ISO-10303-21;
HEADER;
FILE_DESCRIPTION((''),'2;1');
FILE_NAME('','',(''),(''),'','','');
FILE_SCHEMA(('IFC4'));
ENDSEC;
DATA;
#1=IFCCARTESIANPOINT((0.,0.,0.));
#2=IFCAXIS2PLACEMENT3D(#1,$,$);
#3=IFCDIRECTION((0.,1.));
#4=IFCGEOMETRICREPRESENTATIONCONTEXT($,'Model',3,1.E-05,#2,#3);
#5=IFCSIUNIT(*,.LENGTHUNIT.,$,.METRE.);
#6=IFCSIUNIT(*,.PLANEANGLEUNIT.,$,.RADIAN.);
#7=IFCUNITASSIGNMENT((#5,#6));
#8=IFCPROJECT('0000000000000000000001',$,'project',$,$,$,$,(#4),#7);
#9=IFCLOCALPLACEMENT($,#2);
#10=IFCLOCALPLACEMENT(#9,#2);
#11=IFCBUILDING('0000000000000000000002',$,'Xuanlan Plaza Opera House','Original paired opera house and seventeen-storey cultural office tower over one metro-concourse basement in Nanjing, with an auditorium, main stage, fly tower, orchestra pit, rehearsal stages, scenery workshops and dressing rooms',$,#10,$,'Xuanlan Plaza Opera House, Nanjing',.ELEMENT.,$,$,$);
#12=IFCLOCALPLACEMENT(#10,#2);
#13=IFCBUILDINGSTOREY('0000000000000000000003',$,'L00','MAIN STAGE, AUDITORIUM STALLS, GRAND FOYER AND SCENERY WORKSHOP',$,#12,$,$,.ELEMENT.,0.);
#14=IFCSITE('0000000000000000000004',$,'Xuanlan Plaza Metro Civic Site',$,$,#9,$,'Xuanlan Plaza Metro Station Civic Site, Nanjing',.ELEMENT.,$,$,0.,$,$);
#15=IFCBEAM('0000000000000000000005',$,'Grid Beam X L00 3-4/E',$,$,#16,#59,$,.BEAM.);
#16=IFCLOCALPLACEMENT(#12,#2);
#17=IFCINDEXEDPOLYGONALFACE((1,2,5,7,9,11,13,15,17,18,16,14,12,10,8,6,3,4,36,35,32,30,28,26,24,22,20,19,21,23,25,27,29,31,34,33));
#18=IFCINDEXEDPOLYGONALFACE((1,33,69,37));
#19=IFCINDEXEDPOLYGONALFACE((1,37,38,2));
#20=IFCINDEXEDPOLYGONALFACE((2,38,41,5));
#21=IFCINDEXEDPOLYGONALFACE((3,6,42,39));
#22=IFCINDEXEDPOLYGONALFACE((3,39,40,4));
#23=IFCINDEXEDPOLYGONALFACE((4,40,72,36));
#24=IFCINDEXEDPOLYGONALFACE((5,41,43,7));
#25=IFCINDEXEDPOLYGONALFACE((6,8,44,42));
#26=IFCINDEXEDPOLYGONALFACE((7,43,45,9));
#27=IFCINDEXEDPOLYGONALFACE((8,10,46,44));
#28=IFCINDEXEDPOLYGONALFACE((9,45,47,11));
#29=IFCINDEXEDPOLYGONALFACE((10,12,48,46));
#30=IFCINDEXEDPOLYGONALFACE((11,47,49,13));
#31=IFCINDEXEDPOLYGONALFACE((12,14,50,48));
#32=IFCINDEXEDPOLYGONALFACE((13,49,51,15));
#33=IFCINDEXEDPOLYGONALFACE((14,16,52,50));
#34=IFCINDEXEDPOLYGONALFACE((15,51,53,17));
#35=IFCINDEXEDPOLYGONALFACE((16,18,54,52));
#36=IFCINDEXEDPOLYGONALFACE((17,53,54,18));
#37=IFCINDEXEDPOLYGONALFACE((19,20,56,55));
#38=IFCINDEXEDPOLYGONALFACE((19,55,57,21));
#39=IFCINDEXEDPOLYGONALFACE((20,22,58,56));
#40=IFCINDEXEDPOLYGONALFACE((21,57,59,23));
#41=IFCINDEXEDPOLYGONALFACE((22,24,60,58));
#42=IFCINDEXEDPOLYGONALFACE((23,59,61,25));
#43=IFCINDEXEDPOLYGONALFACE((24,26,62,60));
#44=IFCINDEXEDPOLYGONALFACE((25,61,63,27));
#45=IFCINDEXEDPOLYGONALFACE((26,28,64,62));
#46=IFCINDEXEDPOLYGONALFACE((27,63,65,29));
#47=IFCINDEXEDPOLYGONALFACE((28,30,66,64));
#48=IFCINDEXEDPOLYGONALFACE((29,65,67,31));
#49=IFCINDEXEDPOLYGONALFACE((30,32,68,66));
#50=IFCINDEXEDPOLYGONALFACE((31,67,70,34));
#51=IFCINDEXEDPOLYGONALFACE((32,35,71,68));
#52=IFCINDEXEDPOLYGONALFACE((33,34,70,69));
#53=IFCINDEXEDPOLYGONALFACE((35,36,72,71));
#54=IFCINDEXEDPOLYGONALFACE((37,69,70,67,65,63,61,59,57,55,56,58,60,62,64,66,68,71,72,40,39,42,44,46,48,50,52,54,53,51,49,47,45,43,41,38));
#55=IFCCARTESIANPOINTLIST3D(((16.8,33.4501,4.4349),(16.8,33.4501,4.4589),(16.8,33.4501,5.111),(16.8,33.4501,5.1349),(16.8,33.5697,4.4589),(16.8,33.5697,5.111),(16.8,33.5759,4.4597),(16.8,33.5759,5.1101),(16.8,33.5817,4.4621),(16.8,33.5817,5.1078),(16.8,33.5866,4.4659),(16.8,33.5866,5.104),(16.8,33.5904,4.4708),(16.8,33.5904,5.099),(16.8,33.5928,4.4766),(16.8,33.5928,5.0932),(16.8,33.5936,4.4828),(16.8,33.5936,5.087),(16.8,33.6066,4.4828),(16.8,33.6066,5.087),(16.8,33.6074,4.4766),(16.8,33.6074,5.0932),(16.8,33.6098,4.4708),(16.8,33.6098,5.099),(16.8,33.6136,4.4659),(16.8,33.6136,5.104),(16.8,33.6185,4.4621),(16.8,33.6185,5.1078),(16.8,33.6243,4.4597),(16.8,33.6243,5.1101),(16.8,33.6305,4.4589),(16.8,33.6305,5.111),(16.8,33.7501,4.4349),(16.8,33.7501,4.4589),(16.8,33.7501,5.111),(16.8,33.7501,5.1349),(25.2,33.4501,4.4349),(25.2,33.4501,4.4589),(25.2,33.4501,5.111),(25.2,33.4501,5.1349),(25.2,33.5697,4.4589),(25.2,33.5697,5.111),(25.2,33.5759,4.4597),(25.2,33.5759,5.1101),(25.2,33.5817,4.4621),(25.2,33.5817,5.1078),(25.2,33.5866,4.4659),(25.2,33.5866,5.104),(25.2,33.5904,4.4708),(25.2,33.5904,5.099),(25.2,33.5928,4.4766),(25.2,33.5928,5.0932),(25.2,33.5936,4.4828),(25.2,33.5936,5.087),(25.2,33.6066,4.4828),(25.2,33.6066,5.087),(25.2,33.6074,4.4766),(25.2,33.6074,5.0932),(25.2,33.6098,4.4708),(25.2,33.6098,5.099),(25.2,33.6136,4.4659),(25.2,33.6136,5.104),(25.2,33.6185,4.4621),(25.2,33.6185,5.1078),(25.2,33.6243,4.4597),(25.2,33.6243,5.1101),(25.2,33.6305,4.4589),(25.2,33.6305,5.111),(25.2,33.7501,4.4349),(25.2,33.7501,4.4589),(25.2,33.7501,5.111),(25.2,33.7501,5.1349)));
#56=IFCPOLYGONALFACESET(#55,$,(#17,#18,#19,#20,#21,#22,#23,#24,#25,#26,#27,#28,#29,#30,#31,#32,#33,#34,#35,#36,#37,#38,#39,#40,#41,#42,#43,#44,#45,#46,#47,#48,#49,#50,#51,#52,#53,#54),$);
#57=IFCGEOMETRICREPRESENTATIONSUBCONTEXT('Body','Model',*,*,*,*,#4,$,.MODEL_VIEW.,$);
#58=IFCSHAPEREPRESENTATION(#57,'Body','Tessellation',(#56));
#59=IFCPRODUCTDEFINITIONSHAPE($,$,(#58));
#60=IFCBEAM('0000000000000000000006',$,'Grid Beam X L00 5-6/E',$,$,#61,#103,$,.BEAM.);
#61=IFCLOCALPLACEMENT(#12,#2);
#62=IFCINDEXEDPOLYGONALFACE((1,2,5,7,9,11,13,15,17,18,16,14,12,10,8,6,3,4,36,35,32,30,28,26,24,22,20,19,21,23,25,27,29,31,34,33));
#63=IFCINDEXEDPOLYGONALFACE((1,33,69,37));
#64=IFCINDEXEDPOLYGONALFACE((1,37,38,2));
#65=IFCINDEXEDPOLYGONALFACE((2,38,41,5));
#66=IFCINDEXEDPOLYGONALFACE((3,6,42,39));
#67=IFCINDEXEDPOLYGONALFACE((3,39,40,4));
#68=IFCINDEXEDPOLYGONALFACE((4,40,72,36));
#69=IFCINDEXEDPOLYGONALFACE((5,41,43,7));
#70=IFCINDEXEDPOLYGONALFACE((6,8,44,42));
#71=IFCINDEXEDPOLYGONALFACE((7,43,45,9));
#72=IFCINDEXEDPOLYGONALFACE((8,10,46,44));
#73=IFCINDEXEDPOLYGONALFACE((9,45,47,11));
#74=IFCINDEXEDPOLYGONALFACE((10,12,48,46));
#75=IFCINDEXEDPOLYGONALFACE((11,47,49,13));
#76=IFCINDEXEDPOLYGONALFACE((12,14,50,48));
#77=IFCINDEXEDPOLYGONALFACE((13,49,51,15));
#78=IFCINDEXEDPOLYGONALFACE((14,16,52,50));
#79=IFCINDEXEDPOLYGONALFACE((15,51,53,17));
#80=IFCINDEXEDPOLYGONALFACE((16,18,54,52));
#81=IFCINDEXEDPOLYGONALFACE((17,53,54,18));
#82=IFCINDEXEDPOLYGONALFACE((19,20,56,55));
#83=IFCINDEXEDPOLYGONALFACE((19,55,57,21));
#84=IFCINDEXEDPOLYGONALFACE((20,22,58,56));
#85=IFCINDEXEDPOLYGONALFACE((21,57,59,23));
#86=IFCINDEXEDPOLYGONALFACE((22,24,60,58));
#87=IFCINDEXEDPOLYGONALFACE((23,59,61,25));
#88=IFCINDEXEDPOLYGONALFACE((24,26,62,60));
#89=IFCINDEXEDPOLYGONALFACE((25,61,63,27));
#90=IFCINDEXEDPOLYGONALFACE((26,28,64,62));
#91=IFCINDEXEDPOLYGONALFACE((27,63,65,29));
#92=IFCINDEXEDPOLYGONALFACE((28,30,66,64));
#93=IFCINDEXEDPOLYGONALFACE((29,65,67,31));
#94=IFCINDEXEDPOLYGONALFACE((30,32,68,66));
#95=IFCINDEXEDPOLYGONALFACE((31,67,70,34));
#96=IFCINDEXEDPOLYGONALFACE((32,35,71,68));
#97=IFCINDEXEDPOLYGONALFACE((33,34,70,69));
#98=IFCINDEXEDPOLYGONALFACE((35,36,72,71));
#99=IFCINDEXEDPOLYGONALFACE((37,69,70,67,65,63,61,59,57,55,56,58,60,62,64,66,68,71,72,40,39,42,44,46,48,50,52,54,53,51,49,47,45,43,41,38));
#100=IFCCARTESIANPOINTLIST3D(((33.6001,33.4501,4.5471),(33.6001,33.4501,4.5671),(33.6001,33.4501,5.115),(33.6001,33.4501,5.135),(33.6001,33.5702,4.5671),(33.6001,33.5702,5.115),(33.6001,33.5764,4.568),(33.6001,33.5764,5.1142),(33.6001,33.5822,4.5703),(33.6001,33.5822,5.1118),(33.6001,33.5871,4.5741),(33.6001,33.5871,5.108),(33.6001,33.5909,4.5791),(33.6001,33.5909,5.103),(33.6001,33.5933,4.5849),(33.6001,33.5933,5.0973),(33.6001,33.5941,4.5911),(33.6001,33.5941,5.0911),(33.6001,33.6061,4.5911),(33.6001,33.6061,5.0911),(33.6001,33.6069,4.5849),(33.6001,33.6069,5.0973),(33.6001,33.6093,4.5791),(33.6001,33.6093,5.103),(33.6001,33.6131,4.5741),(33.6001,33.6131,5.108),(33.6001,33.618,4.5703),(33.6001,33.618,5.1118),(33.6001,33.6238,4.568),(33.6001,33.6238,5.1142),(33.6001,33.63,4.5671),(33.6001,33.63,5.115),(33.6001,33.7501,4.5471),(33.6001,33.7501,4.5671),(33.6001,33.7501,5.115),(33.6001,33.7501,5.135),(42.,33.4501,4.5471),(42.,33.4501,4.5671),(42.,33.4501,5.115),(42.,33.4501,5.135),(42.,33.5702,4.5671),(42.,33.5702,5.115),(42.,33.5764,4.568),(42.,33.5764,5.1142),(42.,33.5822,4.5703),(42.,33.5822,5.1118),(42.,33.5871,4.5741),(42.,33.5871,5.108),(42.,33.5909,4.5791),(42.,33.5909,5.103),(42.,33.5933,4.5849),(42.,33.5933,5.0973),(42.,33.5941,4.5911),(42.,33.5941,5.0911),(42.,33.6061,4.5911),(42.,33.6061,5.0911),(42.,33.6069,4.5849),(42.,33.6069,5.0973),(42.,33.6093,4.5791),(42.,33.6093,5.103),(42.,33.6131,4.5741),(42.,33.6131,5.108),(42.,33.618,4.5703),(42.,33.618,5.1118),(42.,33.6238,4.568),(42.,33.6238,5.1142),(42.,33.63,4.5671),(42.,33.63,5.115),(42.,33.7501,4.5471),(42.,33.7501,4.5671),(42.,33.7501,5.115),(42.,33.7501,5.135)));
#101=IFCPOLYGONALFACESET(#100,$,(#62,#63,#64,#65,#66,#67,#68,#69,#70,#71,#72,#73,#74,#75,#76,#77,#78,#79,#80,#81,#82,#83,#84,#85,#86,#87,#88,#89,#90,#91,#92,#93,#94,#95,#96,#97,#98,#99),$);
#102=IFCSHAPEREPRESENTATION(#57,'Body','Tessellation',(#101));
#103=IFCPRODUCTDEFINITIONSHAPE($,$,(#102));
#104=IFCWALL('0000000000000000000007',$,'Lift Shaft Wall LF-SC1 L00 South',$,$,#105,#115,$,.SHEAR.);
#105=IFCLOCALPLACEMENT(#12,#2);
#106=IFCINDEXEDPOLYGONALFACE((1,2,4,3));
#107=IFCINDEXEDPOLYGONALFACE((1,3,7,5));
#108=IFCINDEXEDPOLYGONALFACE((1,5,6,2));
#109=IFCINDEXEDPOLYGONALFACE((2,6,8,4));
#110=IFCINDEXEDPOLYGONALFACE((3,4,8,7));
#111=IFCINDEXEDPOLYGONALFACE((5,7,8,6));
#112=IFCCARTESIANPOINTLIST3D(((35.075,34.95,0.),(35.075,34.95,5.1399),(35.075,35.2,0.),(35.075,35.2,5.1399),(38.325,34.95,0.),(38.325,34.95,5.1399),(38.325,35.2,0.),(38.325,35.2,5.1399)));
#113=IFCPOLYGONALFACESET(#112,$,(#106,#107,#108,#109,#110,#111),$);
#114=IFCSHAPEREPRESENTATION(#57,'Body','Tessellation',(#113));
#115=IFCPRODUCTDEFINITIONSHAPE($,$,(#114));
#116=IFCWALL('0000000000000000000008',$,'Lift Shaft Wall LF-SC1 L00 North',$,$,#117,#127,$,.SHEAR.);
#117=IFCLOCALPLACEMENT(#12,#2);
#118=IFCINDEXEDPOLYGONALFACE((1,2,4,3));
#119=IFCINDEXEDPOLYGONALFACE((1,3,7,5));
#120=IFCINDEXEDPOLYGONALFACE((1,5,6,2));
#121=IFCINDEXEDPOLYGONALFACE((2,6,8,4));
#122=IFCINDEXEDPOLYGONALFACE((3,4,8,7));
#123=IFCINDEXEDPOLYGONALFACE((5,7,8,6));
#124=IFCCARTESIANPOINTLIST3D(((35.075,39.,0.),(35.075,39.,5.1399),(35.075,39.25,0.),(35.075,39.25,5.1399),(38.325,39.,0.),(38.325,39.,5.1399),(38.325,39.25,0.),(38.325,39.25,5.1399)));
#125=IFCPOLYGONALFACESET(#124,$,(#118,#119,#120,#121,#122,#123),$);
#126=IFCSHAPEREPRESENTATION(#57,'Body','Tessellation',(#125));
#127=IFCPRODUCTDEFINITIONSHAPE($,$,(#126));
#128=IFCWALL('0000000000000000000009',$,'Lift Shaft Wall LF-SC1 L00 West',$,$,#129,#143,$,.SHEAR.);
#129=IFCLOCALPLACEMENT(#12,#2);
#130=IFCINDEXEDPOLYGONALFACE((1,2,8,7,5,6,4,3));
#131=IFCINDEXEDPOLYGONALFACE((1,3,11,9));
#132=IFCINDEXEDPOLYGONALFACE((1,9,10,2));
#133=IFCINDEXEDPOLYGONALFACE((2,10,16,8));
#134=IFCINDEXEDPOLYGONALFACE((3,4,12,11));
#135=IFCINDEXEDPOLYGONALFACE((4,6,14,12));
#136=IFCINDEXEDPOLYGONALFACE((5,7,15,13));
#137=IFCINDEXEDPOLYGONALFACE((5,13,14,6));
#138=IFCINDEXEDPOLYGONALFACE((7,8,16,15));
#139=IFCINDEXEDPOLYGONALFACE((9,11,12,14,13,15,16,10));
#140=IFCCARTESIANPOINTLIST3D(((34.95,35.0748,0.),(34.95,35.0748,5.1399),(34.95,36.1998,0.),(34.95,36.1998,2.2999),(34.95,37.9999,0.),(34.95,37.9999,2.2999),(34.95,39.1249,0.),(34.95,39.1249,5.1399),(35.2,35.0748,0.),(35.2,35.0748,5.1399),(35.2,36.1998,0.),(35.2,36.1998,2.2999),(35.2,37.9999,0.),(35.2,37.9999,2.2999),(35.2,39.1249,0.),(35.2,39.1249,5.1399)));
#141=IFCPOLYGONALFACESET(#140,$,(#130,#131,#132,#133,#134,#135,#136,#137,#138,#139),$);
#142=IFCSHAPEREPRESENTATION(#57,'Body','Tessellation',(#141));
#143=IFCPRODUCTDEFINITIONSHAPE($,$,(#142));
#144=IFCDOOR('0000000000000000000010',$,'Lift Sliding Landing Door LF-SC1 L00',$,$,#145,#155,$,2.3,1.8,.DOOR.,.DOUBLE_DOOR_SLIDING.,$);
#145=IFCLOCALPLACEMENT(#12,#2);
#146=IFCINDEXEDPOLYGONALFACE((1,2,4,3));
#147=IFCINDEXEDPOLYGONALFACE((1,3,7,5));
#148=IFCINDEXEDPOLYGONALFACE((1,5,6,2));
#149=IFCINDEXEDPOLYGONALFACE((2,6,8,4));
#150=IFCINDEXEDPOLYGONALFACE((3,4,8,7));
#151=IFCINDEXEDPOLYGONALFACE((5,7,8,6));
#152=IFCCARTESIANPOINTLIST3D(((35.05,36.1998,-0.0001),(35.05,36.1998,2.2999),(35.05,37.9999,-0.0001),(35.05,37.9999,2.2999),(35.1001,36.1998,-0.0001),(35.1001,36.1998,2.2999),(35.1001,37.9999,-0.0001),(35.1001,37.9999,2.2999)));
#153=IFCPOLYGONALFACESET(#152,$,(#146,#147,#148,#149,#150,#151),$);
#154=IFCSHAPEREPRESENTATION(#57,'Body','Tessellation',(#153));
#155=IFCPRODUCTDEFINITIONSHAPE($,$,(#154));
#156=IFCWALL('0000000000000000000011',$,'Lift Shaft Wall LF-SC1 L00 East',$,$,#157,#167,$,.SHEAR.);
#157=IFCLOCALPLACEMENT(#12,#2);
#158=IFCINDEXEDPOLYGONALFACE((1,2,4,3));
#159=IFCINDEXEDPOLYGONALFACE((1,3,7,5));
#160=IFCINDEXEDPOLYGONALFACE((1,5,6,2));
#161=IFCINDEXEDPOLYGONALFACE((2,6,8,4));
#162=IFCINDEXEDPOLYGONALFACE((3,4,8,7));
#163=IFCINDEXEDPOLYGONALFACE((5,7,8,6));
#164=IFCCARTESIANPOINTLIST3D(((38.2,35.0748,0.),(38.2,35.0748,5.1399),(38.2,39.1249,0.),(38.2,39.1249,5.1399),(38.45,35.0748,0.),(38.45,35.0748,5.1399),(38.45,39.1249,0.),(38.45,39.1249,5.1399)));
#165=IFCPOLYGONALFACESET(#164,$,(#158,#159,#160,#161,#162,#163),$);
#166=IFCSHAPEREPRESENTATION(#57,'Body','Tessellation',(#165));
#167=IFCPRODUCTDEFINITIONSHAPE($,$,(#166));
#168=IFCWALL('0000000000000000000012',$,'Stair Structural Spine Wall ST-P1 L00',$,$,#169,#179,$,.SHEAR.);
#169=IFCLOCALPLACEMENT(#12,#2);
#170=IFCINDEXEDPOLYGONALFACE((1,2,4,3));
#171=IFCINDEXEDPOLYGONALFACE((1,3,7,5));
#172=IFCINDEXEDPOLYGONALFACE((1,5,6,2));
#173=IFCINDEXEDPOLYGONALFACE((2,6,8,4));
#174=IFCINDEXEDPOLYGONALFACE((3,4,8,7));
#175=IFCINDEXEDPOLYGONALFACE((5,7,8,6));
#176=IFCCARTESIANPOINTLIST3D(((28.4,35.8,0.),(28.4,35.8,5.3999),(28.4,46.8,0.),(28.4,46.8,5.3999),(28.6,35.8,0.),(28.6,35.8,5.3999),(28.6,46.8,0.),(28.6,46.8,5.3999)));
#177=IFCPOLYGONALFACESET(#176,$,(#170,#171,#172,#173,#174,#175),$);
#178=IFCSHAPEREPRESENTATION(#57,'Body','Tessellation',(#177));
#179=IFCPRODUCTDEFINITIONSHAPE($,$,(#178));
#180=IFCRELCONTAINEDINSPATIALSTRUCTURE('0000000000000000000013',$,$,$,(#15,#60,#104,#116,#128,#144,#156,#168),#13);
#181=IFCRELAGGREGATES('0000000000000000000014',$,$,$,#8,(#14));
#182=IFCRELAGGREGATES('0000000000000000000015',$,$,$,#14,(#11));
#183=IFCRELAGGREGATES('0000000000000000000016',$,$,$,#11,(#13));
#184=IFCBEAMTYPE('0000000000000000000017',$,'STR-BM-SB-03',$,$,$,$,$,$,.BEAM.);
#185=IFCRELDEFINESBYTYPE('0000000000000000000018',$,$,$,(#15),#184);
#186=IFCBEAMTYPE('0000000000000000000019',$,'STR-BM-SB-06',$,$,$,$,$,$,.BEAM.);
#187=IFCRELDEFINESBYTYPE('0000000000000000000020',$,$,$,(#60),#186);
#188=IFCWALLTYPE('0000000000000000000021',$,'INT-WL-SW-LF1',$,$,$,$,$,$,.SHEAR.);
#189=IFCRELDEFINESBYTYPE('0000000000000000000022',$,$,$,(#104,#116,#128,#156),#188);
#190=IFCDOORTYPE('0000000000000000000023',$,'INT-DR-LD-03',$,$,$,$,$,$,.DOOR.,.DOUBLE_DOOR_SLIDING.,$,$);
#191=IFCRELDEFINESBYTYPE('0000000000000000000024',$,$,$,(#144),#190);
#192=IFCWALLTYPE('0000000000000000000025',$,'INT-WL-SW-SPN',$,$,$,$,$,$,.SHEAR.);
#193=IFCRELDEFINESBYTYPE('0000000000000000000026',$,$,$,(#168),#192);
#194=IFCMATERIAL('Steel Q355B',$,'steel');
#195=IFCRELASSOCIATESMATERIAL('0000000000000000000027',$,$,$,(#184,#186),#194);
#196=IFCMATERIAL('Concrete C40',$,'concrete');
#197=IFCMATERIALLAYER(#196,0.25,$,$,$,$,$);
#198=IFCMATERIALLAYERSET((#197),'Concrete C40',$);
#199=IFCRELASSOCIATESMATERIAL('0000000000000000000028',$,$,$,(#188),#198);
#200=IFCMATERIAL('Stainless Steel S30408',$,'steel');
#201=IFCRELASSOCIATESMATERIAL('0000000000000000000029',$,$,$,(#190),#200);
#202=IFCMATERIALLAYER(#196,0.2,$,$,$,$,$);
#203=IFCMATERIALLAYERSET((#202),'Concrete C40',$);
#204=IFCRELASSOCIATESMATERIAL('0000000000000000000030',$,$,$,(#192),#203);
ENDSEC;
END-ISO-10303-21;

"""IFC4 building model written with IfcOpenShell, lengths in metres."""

from ifc_helpers import new_model, si_unit, direction, frame, frame_2d, origin, origin_2d, place, context, subcontext, project, spatial, rectangle, i_section, extrude, material, layer, layer_set, material_profile, profile_set, type_object, element, fill, save


model = new_model("IFC4")

# Units and contexts
model_context = context("Model", 3, precision=1e-05, world=origin(), true_north=direction((0.0, 1.0)))
body_context = subcontext(model_context, "Body", "Model", "MODEL_VIEW")
ifc_project = project(units=[si_unit("LENGTHUNIT", "METRE"), si_unit("PLANEANGLEUNIT", "RADIAN")], contexts=[model_context])

# Site, building, storey
site_placement = place(None, origin())
site = spatial("IfcSite", under=ifc_project, at=site_placement, Name="Xuanlan Plaza Metro Civic Site", LongName="Xuanlan Plaza Metro Station Civic Site, Nanjing", CompositionType="ELEMENT", RefElevation=0.0)
building_placement = place(site_placement, origin())
building = spatial("IfcBuilding", under=site, at=building_placement, Name="Xuanlan Plaza Opera House", Description="Original paired opera house and seventeen-storey cultural office tower over one metro-concourse basement in Nanjing, with an auditorium, main stage, fly tower, orchestra pit, rehearsal stages, scenery workshops and dressing rooms", LongName="Xuanlan Plaza Opera House, Nanjing", CompositionType="ELEMENT")
storey_placement = place(building_placement, origin())
storey = spatial("IfcBuildingStorey", under=building, at=storey_placement, Name="L00", Description="MAIN STAGE, AUDITORIUM STALLS, GRAND FOYER AND SCENERY WORKSHOP", CompositionType="ELEMENT", Elevation=0.0)

# Shared definitions
ifc_material_1 = material(Name="Concrete C40", Category="concrete")

# Beams
ifc_material_2 = material(Name="Steel Q355B", Category="steel")
ifc_material_profile_1 = material_profile(ifc_material_2, i_section(OverallWidth=0.3, OverallDepth=0.7, WebThickness=0.0129, FlangeThickness=0.0239, FilletRadius=0.0239, at=origin_2d()), Name="HN 700x300x13x24")
ifc_profile_set_1 = profile_set([ifc_material_profile_1], Name="Steel Q355B")
beam_type_1 = type_object("IfcBeamType", Name="STR-BM-SB-03", PredefinedType="BEAM", material=ifc_profile_set_1)
beam_1_placement = place(storey_placement, frame((16.8, 33.6001, 4.7849), z_axis=(1.0, 0.0, 0.0), x_axis=(0.0, 1.0, 0.0)))
element("IfcBeam", 1, at=beam_1_placement, inside=storey, type_object=beam_type_1, Name="Grid Beam X L00 3-4/E", PredefinedType="BEAM", context=body_context, shape_type="SweptSolid", body=[
    extrude(i_section(OverallWidth=0.3, OverallDepth=0.7, WebThickness=0.0129, FlangeThickness=0.0239, FilletRadius=0.0239, at=origin_2d()), origin(), (0.0, 0.0, 1.0), 8.3999),
])
ifc_material_profile_2 = material_profile(ifc_material_2, i_section(OverallWidth=0.3, OverallDepth=0.5879, WebThickness=0.012, FlangeThickness=0.02, FilletRadius=0.0239, at=origin_2d()), Name="HM 588x300x12x20")
ifc_profile_set_2 = profile_set([ifc_material_profile_2], Name="Steel Q355B")
beam_type_2 = type_object("IfcBeamType", Name="STR-BM-SB-06", PredefinedType="BEAM", material=ifc_profile_set_2)
beam_2_placement = place(storey_placement, frame((33.6001, 33.6001, 4.8411), z_axis=(1.0, 0.0, 0.0), x_axis=(0.0, 1.0, 0.0)))
element("IfcBeam", 2, at=beam_2_placement, inside=storey, type_object=beam_type_2, Name="Grid Beam X L00 5-6/E", PredefinedType="BEAM", context=body_context, shape_type="SweptSolid", body=[
    extrude(i_section(OverallWidth=0.3, OverallDepth=0.5879, WebThickness=0.012, FlangeThickness=0.02, FilletRadius=0.0239, at=origin_2d()), origin(), (0.0, 0.0, 1.0), 8.3999),
])

# Walls
ifc_layer_1 = layer(ifc_material_1, 0.25)
ifc_layer_set_1 = layer_set([ifc_layer_1], Name="Concrete C40")
wall_type_1 = type_object("IfcWallType", Name="INT-WL-SW-LF1", PredefinedType="SHEAR", material=ifc_layer_set_1)
for number, where, z_axis, x_axis, name in (
    (3, (35.075, 35.075, 0.0), (0.0, 0.0, 1.0), (1.0, 0.0, 0.0), "Lift Shaft Wall LF-SC1 L00 South"),
    (4, (35.075, 39.125, 0.0), (0.0, 0.0, 1.0), (1.0, 0.0, 0.0), "Lift Shaft Wall LF-SC1 L00 North"),
):
    element("IfcWall", number, at=place(storey_placement, frame(where, z_axis=z_axis, x_axis=x_axis)), inside=storey, type_object=wall_type_1, Name=name, PredefinedType="SHEAR", context=body_context, shape_type="SweptSolid", body=[
        extrude(rectangle(XDim=3.25, YDim=0.25, at=frame_2d((1.625, 0.0))), origin(), (0.0, 0.0, 1.0), 5.1399),
    ])

# Wall, opening, door
wall_1_placement = place(storey_placement, frame((35.075, 35.075, 0.0), z_axis=(0.0, 0.0, 1.0), x_axis=(0.0, 1.0, 0.0)))
wall_1 = element("IfcWall", 5, at=wall_1_placement, inside=storey, type_object=wall_type_1, Name="Lift Shaft Wall LF-SC1 L00 West", PredefinedType="SHEAR", context=body_context, shape_type="SweptSolid", body=[
    extrude(rectangle(XDim=4.05, YDim=0.25, at=frame_2d((2.0249, 0.0))), origin(), (0.0, 0.0, 1.0), 5.1399),
])
opening_1_placement = place(wall_1_placement, frame((1.125, 0.0, 0.0)))
opening_1 = element("IfcOpeningElement", 6, at=opening_1_placement, cuts=wall_1, PredefinedType="OPENING", context=body_context, shape_type="SweptSolid", body=[
    extrude(rectangle(XDim=1.8, YDim=2.3, at=frame_2d((0.8999, 1.1499))), frame((0.0, 0.135, 0.0), z_axis=(0.0, -1.0, 0.0), x_axis=(1.0, 0.0, 0.0)), (0.0, 0.0, 1.0), 0.27),
])
ifc_material_3 = material(Name="Stainless Steel S30408", Category="steel")
door_type_1 = type_object("IfcDoorType", Name="INT-DR-LD-03", OperationType="DOUBLE_DOOR_SLIDING", PredefinedType="DOOR", material=ifc_material_3)
door_1_placement = place(opening_1_placement, origin())
door_1 = element("IfcDoor", 7, at=door_1_placement, inside=storey, type_object=door_type_1, Name="Lift Sliding Landing Door LF-SC1 L00", OperationType="DOUBLE_DOOR_SLIDING", OverallHeight=2.3, OverallWidth=1.8, PredefinedType="DOOR", context=body_context, shape_type="SweptSolid", body=[
    extrude(rectangle(XDim=1.8, YDim=2.3, at=frame_2d((0.8999, 1.1499))), frame((0.0, 0.0249, 0.0), z_axis=(0.0, -1.0, 0.0), x_axis=(1.0, 0.0, 0.0)), (0.0, 0.0, 1.0), 0.05),
])
fill(opening_1, door_1)

# Walls
wall_2_placement = place(storey_placement, frame((38.325, 35.075, 0.0), z_axis=(0.0, 0.0, 1.0), x_axis=(0.0, 1.0, 0.0)))
element("IfcWall", 8, at=wall_2_placement, inside=storey, type_object=wall_type_1, Name="Lift Shaft Wall LF-SC1 L00 East", PredefinedType="SHEAR", context=body_context, shape_type="SweptSolid", body=[
    extrude(rectangle(XDim=4.05, YDim=0.25, at=frame_2d((2.0249, 0.0))), origin(), (0.0, 0.0, 1.0), 5.1399),
])
ifc_layer_2 = layer(ifc_material_1, 0.2)
ifc_layer_set_2 = layer_set([ifc_layer_2], Name="Concrete C40")
wall_type_2 = type_object("IfcWallType", Name="INT-WL-SW-SPN", PredefinedType="SHEAR", material=ifc_layer_set_2)
wall_3_placement = place(storey_placement, frame((28.5, 35.8, 0.0), z_axis=(0.0, 0.0, 1.0), x_axis=(0.0, 1.0, 0.0)))
element("IfcWall", 9, at=wall_3_placement, inside=storey, type_object=wall_type_2, Name="Stair Structural Spine Wall ST-P1 L00", PredefinedType="SHEAR", context=body_context, shape_type="SweptSolid", body=[
    extrude(rectangle(XDim=11.0, YDim=0.2, at=frame_2d((5.5, 0.0))), origin(), (0.0, 0.0, 1.0), 5.3999),
])

save(model, "model.ifc")
